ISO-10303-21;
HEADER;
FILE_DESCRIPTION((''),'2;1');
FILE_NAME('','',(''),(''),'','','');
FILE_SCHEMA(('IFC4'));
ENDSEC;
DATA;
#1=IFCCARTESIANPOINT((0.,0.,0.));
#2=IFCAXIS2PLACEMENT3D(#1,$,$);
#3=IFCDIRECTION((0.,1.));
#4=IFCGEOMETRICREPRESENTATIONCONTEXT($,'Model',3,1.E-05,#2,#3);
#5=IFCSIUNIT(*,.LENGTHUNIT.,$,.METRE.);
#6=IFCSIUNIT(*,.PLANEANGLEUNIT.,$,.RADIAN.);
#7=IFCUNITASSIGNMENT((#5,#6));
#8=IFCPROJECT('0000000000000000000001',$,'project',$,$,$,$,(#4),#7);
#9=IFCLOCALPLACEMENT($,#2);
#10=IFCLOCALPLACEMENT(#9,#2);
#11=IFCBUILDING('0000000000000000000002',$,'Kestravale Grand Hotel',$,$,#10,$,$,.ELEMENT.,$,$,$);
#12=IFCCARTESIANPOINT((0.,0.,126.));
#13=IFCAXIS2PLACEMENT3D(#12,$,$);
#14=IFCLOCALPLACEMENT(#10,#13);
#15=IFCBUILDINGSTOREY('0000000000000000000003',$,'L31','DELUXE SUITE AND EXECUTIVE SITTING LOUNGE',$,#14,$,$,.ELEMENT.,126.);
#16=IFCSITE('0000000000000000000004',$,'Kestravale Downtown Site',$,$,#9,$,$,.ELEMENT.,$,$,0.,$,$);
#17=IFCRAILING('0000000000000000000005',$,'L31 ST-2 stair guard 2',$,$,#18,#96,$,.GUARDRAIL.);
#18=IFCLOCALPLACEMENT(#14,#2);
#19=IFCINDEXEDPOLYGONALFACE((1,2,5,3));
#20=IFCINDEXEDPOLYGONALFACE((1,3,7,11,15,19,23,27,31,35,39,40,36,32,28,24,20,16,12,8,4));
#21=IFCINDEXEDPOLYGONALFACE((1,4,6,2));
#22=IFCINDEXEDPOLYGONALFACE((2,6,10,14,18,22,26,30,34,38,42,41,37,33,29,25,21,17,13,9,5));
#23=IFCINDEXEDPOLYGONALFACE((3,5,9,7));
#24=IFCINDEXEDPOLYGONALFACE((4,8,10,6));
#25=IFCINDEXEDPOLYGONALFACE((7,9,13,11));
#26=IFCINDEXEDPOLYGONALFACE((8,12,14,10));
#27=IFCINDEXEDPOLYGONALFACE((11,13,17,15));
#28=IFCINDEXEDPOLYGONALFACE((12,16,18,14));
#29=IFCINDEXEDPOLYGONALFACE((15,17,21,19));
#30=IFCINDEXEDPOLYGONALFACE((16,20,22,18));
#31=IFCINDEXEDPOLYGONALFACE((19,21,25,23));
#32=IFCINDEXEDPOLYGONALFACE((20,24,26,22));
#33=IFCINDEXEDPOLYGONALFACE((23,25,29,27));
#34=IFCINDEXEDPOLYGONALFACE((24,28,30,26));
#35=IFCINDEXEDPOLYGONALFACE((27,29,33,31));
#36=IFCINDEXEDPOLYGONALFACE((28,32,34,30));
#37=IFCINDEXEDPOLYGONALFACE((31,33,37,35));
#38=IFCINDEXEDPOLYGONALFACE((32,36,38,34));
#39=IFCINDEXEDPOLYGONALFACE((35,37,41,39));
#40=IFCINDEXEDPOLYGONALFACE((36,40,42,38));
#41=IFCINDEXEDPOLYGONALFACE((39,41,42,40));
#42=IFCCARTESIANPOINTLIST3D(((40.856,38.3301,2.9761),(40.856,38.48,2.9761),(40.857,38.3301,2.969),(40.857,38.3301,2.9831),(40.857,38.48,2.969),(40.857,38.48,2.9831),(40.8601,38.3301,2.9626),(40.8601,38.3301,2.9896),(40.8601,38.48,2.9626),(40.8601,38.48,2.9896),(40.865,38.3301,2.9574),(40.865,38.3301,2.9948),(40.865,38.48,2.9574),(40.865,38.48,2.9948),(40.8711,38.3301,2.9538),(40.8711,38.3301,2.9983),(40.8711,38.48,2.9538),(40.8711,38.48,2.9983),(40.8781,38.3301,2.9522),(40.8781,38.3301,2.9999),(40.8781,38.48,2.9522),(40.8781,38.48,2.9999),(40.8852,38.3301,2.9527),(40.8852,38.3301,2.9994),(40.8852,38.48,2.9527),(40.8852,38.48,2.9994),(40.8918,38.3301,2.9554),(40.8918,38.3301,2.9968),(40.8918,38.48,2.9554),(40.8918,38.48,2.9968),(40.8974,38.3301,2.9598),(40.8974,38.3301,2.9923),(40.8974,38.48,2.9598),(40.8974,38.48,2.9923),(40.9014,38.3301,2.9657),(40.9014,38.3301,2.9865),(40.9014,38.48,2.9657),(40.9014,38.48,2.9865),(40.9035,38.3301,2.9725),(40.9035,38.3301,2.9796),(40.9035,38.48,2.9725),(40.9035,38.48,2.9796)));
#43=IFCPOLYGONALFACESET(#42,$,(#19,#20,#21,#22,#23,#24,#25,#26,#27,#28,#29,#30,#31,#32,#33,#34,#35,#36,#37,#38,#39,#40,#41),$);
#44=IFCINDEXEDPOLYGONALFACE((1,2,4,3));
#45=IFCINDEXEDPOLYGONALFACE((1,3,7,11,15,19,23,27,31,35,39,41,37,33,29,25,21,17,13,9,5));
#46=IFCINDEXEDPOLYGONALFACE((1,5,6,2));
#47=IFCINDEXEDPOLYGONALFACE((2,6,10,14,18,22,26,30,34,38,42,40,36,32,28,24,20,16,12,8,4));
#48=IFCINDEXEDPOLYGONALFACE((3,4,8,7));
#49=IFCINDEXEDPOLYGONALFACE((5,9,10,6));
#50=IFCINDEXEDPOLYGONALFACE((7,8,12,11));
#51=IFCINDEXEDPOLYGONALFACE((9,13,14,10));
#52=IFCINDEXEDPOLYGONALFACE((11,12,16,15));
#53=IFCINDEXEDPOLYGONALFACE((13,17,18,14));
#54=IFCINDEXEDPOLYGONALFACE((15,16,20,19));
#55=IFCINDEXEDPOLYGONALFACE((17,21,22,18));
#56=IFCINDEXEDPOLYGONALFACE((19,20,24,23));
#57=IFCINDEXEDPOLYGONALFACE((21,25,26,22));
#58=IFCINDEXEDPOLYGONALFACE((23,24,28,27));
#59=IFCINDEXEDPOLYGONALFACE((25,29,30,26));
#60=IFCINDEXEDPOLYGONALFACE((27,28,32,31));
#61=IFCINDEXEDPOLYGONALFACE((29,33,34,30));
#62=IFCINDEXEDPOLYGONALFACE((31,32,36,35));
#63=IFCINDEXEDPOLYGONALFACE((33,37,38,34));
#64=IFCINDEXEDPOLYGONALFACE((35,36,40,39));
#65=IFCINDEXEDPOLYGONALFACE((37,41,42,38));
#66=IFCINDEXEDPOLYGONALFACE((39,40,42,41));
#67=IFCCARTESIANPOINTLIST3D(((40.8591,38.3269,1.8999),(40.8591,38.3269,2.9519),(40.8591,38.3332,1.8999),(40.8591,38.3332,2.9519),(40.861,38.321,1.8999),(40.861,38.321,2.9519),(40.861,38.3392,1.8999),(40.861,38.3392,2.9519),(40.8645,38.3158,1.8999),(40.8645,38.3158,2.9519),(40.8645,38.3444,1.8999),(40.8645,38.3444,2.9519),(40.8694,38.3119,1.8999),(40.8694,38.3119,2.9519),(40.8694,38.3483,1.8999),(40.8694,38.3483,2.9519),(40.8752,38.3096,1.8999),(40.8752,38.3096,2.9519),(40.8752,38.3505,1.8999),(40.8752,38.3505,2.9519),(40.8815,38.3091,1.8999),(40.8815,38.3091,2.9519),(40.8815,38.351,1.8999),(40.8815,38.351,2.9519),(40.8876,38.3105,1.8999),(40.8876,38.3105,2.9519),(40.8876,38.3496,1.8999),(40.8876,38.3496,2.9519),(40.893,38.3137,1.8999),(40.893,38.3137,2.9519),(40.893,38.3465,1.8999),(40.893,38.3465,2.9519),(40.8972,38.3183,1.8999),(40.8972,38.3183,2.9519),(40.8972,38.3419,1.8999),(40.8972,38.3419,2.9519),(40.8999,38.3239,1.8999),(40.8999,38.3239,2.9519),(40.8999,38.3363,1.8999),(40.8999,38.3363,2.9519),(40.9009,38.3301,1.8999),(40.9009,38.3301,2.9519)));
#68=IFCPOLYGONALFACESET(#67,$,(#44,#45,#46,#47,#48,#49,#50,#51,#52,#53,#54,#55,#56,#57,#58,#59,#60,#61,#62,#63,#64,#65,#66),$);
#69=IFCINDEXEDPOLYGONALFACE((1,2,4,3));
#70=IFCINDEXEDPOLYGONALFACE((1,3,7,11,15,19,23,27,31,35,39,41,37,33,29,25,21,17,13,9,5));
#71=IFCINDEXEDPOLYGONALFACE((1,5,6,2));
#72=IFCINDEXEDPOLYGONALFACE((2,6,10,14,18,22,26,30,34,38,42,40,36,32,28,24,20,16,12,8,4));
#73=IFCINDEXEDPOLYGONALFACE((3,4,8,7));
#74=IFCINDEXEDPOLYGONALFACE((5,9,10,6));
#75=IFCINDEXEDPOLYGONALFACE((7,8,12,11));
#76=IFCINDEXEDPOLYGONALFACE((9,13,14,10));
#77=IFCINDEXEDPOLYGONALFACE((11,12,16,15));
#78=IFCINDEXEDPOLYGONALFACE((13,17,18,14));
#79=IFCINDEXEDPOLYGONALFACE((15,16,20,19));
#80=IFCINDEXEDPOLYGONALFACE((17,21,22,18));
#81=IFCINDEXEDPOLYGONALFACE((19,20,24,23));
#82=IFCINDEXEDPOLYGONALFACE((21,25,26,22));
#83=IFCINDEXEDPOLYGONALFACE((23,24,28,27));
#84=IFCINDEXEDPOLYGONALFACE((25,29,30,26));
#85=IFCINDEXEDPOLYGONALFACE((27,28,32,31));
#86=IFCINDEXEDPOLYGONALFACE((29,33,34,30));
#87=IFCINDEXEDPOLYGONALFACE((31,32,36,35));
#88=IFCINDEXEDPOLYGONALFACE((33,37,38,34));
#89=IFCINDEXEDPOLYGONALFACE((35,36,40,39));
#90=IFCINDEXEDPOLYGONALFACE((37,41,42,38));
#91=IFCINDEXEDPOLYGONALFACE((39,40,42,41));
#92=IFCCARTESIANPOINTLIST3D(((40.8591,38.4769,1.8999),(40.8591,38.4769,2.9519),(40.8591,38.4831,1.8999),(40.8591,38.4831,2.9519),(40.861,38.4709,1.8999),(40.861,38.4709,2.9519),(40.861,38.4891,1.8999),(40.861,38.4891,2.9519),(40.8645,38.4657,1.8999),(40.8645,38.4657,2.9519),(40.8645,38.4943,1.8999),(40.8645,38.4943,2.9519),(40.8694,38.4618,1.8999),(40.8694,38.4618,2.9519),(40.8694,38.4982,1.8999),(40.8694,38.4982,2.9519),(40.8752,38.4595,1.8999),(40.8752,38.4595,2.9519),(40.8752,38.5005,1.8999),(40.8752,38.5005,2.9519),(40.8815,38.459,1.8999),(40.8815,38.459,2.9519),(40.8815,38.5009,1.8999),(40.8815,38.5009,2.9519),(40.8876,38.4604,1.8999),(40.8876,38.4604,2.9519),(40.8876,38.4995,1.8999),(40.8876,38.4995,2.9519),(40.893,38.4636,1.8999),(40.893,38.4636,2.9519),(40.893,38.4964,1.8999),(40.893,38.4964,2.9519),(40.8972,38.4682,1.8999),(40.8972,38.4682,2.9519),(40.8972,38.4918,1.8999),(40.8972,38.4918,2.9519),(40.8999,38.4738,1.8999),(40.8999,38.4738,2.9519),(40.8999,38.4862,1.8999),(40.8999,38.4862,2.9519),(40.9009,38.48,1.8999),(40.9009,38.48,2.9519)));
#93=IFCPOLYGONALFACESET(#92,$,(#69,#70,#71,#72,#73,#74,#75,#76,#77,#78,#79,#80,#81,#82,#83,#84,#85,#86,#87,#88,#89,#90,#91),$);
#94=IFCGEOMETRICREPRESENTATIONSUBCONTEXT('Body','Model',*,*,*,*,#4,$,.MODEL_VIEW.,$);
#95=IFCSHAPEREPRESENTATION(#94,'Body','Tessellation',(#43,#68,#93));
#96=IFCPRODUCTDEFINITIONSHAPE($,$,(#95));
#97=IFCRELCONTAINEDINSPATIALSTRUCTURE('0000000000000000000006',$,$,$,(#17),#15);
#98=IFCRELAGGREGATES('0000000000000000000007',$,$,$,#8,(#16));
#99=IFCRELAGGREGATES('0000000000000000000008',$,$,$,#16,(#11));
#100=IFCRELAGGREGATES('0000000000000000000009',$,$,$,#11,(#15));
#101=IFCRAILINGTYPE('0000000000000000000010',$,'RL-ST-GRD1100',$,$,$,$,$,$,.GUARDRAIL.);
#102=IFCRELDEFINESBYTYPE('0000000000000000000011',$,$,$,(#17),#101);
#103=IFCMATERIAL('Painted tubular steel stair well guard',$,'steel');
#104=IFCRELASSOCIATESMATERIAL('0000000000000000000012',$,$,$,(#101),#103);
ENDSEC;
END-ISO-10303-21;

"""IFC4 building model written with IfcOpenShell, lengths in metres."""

from ifc_helpers import new_model, si_unit, direction, frame, origin, origin_2d, place, context, subcontext, project, spatial, circle, extrude, material, type_object, element, save


model = new_model("IFC4")

# Units and contexts
model_context = context("Model", 3, precision=1e-05, world=origin(), true_north=direction((0.0, 1.0)))
body_context = subcontext(model_context, "Body", "Model", "MODEL_VIEW")
ifc_project = project(units=[si_unit("LENGTHUNIT", "METRE"), si_unit("PLANEANGLEUNIT", "RADIAN")], contexts=[model_context])

# Site, building, storey
site_placement = place(None, origin())
site = spatial("IfcSite", under=ifc_project, at=site_placement, Name="Kestravale Downtown Site", CompositionType="ELEMENT", RefElevation=0.0)
building_placement = place(site_placement, origin())
building = spatial("IfcBuilding", under=site, at=building_placement, Name="Kestravale Grand Hotel", CompositionType="ELEMENT")
storey_placement = place(building_placement, frame((0.0, 0.0, 126.0)))
storey = spatial("IfcBuildingStorey", under=building, at=storey_placement, Name="L31", Description="DELUXE SUITE AND EXECUTIVE SITTING LOUNGE", CompositionType="ELEMENT", Elevation=126.0)

# Railing
ifc_material_1 = material(Name="Painted tubular steel stair well guard", Category="steel")
railing_type_1 = type_object("IfcRailingType", Name="RL-ST-GRD1100", PredefinedType="GUARDRAIL", material=ifc_material_1)
railing_1_placement = place(storey_placement, frame((40.8799, 38.3301, 1.8999)))
element("IfcRailing", 1, at=railing_1_placement, inside=storey, type_object=railing_type_1, Name="L31 ST-2 stair guard 2", PredefinedType="GUARDRAIL", context=body_context, shape_type="SweptSolid", body=[
    extrude(circle(Radius=0.0239, at=origin_2d()), frame((0.0, 0.0, 1.0762), z_axis=(0.0, 1.0, 0.0), x_axis=(-1.0, 0.0, 0.0)), (0.0, 0.0, 1.0), 0.1499),
    extrude(circle(Radius=0.021, at=origin_2d()), origin(), (0.0, 0.0, 1.0), 1.052),
    extrude(circle(Radius=0.021, at=origin_2d()), frame((0.0, 0.1499, 0.0)), (0.0, 0.0, 1.0), 1.052),
])

save(model, "model.ifc")
